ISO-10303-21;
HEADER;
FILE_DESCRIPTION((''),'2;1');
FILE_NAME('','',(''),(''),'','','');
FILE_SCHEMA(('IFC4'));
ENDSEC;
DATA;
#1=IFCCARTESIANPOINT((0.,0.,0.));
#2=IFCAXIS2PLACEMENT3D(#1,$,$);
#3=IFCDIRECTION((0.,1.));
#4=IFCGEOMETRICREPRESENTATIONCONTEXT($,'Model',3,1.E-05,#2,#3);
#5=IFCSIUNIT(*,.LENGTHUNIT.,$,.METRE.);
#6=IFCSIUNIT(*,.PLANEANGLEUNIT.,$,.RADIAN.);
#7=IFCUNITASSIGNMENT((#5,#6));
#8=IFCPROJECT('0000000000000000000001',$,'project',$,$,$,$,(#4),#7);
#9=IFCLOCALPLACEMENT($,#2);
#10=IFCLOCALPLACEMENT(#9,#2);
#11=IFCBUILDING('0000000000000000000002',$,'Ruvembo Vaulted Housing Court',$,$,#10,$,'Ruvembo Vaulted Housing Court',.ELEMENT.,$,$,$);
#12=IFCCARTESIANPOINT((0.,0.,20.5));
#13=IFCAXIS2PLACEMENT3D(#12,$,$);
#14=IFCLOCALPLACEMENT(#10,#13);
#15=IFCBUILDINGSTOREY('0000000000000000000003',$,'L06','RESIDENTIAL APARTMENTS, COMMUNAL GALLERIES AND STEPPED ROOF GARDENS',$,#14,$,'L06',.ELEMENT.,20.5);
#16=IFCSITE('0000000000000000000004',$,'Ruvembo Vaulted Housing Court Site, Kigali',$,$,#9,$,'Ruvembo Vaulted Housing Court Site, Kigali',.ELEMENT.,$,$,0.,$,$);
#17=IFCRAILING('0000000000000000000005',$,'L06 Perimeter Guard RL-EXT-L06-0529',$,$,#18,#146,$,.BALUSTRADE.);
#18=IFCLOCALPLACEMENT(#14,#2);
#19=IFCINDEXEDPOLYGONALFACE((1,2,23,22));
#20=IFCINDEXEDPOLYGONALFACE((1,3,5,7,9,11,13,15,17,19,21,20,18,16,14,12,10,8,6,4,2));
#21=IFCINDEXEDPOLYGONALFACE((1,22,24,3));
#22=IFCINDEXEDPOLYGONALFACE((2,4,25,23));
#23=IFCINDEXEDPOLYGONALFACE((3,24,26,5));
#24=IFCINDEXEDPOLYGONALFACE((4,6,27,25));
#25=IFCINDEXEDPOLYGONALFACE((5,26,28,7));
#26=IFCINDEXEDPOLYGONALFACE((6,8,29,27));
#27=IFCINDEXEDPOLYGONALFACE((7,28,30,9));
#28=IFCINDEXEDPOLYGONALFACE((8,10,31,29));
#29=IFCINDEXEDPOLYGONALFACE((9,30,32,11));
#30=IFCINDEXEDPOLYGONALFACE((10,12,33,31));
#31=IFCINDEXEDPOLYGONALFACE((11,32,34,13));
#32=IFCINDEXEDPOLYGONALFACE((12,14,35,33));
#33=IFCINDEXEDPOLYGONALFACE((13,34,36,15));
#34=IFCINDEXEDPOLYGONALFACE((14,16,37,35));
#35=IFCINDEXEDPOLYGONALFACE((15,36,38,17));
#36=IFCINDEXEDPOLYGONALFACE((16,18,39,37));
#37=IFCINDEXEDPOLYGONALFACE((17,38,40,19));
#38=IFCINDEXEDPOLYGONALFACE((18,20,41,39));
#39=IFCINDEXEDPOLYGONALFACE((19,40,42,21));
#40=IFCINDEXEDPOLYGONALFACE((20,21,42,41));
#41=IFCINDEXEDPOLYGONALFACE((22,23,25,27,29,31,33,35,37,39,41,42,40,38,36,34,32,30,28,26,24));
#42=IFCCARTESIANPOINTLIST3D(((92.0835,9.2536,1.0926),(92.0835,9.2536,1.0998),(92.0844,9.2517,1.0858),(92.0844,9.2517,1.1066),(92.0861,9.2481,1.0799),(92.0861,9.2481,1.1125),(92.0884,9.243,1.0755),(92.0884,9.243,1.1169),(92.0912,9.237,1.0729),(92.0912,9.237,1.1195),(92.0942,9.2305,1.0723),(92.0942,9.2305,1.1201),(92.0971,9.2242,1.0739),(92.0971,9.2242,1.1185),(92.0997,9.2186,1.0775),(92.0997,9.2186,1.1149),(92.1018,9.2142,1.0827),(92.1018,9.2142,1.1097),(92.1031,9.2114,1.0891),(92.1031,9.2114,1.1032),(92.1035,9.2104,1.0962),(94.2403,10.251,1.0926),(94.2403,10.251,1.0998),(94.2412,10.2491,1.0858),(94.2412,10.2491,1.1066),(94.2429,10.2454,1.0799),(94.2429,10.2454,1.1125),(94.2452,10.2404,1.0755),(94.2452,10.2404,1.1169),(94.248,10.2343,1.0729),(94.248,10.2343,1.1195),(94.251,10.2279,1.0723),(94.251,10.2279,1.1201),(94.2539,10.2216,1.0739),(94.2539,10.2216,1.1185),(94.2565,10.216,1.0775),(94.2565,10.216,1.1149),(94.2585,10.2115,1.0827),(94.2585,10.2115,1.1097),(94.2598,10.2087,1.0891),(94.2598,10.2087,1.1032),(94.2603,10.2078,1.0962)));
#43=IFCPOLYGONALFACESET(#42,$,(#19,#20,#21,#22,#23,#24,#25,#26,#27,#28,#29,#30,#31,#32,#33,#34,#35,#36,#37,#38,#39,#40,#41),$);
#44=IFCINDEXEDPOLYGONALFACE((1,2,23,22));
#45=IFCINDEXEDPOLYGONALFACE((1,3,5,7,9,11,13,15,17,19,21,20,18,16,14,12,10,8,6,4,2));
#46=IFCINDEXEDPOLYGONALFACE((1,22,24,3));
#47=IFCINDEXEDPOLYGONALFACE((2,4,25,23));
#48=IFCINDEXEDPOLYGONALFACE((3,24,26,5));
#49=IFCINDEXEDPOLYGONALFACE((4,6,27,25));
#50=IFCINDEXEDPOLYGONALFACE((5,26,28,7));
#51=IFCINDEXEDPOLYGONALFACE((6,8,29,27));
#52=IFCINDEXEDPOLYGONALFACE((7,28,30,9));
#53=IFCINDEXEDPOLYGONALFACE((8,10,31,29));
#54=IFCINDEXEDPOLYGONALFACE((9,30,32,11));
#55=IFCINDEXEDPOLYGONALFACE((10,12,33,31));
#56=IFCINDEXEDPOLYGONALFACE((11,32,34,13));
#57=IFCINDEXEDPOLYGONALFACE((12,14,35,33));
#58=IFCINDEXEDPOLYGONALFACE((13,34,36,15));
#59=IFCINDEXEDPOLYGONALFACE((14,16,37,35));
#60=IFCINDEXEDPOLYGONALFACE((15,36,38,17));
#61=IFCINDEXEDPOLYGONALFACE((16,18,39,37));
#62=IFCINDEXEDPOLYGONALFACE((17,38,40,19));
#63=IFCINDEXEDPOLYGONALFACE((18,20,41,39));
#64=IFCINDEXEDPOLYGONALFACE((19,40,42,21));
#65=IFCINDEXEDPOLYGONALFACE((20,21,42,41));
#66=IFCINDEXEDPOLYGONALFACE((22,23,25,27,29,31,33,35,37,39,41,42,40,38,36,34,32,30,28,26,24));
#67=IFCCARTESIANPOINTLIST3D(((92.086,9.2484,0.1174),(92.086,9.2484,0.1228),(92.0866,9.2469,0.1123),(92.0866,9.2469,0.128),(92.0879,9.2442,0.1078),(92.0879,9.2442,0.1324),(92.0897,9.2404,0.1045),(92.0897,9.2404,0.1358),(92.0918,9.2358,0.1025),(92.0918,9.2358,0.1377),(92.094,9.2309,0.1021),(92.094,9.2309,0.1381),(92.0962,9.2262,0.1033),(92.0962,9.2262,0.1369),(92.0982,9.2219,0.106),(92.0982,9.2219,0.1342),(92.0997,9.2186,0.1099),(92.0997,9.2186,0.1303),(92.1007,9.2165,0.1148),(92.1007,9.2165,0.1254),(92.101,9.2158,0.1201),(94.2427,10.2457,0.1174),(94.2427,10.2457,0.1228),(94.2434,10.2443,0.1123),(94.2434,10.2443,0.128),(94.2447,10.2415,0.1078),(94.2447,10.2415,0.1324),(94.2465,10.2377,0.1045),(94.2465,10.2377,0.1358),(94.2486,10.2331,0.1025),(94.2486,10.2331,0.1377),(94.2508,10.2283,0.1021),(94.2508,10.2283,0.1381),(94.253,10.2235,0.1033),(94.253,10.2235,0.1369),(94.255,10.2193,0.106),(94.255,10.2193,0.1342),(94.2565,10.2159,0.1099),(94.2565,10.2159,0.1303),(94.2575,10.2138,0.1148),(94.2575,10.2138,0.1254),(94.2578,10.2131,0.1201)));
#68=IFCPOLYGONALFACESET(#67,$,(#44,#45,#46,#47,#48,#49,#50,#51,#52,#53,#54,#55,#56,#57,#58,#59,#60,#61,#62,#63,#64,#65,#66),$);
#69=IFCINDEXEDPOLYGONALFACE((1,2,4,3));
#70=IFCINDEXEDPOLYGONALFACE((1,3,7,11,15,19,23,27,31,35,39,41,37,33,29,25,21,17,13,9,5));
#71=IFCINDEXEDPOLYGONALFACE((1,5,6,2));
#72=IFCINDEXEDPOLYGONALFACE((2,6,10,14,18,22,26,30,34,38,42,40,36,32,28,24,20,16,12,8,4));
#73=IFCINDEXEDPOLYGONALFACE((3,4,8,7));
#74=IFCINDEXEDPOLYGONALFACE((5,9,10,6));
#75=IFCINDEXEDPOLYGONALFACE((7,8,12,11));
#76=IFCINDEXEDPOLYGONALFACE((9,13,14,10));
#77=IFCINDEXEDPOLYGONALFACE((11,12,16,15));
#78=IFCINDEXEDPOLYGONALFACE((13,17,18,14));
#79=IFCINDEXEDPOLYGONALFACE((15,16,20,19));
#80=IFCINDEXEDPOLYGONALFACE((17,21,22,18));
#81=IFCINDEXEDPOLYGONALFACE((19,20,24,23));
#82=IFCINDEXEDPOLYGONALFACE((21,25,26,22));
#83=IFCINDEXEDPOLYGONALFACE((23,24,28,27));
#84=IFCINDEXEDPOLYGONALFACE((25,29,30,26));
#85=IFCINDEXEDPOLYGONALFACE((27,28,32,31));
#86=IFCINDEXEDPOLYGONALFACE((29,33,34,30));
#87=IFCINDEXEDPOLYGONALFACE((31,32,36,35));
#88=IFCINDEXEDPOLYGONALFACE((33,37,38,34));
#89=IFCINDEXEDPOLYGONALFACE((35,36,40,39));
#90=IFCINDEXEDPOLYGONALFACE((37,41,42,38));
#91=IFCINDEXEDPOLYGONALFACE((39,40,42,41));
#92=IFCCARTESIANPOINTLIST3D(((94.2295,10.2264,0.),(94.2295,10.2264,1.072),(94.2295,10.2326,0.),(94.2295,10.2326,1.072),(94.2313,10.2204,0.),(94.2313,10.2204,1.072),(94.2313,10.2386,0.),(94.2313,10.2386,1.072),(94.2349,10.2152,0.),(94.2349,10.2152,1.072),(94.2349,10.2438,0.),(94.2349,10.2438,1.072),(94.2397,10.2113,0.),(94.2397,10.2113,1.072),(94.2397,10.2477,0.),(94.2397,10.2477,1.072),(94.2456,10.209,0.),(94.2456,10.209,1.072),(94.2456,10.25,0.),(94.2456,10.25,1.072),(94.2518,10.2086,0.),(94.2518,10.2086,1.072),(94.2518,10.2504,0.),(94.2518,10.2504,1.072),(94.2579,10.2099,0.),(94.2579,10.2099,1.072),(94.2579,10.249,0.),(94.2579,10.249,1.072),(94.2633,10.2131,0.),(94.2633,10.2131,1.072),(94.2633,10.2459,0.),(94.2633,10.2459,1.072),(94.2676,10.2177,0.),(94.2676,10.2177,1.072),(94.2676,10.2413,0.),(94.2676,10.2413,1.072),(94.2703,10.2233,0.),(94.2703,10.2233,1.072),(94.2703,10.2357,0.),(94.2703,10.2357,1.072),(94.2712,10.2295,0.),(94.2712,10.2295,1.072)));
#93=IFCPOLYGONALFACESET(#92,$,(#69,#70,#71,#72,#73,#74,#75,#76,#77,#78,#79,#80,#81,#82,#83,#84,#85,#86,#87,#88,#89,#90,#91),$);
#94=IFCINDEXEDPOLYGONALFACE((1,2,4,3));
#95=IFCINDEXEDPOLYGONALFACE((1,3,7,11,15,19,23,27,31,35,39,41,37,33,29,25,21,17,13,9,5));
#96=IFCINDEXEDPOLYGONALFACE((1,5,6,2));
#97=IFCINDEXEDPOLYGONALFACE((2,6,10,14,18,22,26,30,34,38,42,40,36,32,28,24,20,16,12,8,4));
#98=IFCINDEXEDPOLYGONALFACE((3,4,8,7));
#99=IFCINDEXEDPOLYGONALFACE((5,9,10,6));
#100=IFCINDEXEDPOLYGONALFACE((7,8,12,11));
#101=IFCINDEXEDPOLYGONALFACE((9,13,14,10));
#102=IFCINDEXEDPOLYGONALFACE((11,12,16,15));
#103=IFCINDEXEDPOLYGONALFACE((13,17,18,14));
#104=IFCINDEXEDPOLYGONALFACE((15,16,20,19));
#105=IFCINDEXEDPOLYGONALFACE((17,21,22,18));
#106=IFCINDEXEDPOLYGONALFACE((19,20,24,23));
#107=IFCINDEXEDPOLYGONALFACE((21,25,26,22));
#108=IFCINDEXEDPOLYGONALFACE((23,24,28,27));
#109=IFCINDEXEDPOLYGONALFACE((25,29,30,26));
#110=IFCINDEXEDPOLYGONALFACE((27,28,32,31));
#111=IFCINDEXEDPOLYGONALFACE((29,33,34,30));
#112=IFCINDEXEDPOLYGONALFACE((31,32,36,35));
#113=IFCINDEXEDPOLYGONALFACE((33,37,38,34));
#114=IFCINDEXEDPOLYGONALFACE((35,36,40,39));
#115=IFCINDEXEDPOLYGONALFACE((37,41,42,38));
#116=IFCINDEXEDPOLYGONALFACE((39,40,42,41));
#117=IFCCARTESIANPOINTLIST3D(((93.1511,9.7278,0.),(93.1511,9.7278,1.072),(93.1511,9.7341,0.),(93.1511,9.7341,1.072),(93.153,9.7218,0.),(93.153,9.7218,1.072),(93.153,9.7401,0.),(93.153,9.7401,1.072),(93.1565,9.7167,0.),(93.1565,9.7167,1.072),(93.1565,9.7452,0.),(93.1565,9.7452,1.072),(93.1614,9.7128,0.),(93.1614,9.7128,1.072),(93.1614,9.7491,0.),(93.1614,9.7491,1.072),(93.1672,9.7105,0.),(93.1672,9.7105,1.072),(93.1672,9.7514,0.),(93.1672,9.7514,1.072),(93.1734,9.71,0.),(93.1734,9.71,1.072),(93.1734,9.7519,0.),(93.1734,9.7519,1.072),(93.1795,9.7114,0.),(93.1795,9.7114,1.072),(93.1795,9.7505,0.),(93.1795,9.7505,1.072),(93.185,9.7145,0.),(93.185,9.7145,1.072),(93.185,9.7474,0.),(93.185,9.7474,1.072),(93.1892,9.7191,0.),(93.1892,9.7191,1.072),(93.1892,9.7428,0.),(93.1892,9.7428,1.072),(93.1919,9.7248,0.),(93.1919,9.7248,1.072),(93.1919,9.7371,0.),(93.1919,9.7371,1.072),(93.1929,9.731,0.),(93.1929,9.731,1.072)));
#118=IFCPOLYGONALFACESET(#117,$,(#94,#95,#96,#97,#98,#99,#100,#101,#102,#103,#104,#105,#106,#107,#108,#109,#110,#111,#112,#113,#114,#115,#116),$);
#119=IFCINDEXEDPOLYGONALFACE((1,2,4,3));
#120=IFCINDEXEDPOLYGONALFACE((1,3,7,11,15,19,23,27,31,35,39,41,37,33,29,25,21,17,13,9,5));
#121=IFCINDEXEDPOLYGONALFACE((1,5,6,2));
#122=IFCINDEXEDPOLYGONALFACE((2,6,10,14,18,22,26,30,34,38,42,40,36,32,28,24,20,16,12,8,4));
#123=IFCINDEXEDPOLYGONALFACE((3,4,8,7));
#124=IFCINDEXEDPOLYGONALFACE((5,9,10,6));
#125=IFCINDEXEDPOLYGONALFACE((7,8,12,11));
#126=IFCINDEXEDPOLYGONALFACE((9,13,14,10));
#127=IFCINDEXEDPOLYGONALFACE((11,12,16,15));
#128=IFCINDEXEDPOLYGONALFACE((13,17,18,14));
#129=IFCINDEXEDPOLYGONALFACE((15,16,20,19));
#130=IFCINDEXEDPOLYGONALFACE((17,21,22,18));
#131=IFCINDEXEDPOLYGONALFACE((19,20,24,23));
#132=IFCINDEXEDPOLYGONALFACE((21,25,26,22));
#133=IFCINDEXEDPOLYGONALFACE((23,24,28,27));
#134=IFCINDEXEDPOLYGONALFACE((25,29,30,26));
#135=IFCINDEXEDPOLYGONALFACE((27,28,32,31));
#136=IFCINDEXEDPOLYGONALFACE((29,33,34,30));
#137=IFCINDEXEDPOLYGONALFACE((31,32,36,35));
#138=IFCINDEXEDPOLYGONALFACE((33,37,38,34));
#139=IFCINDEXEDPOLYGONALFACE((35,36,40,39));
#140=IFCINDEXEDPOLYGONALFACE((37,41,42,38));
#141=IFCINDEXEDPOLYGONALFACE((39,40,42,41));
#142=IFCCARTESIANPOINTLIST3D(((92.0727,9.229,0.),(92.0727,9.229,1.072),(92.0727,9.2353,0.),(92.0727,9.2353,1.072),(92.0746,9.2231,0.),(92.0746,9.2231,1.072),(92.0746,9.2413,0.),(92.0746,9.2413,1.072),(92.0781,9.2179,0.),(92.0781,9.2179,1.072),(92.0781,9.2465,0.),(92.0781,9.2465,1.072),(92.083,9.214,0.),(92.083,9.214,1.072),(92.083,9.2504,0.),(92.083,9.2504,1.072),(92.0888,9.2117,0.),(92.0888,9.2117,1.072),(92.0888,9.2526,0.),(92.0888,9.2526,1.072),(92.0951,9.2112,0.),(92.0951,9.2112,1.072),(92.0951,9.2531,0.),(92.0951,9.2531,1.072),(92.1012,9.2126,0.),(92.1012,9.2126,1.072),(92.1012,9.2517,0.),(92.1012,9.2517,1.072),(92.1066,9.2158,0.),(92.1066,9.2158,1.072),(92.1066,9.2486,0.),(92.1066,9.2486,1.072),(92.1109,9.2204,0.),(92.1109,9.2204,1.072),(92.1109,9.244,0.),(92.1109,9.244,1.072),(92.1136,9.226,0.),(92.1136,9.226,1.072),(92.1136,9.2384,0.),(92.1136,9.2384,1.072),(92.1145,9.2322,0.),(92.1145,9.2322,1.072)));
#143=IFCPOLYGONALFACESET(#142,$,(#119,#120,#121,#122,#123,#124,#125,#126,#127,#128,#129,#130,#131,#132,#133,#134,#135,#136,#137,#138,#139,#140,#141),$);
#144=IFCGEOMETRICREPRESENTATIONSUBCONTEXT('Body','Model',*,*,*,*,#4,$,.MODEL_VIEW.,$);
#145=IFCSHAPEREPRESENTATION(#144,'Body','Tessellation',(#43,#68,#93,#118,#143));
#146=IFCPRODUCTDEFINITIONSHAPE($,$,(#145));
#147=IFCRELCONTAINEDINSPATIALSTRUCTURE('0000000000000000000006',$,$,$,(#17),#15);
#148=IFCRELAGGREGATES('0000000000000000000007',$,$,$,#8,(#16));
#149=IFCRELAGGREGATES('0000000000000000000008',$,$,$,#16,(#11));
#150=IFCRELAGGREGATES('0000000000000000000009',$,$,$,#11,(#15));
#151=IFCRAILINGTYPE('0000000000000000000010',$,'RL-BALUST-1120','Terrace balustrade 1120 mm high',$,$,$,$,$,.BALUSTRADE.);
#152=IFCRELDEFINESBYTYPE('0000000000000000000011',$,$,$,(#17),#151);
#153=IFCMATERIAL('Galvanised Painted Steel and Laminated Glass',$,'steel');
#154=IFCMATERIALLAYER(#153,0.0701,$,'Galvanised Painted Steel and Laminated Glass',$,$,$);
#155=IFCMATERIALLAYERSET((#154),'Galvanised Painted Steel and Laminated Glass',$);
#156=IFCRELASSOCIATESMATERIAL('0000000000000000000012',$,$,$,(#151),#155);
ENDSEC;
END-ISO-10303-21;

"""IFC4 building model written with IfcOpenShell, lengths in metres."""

from ifc_helpers import new_model, si_unit, direction, frame, origin, origin_2d, place, context, subcontext, project, spatial, circle, extrude, material, layer, layer_set, type_object, element, save


model = new_model("IFC4")

# Units and contexts
model_context = context("Model", 3, precision=1e-05, world=origin(), true_north=direction((0.0, 1.0)))
body_context = subcontext(model_context, "Body", "Model", "MODEL_VIEW")
ifc_project = project(units=[si_unit("LENGTHUNIT", "METRE"), si_unit("PLANEANGLEUNIT", "RADIAN")], contexts=[model_context])

# Site, building, storey
site_placement = place(None, origin())
site = spatial("IfcSite", under=ifc_project, at=site_placement, Name="Ruvembo Vaulted Housing Court Site, Kigali", LongName="Ruvembo Vaulted Housing Court Site, Kigali", CompositionType="ELEMENT", RefElevation=0.0)
building_placement = place(site_placement, origin())
building = spatial("IfcBuilding", under=site, at=building_placement, Name="Ruvembo Vaulted Housing Court", LongName="Ruvembo Vaulted Housing Court", CompositionType="ELEMENT")
storey_placement = place(building_placement, frame((0.0, 0.0, 20.5)))
storey = spatial("IfcBuildingStorey", under=building, at=storey_placement, Name="L06", Description="RESIDENTIAL APARTMENTS, COMMUNAL GALLERIES AND STEPPED ROOF GARDENS", LongName="L06", CompositionType="ELEMENT", Elevation=20.5)

# Railing
ifc_material_1 = material(Name="Galvanised Painted Steel and Laminated Glass", Category="steel")
ifc_layer_1 = layer(ifc_material_1, 0.0701, Name="Galvanised Painted Steel and Laminated Glass")
ifc_layer_set_1 = layer_set([ifc_layer_1], Name="Galvanised Painted Steel and Laminated Glass")
railing_type = type_object("IfcRailingType", Name="RL-BALUST-1120", Description="Terrace balustrade 1120 mm high", PredefinedType="BALUSTRADE", material=ifc_layer_set_1)
railing_1_placement = place(storey_placement, frame((94.2502, 10.2295, 0.0)))
element("IfcRailing", 1, at=railing_1_placement, inside=storey, type_object=railing_type, Name="L06 Perimeter Guard RL-EXT-L06-0529", PredefinedType="BALUSTRADE", context=body_context, shape_type="SweptSolid", body=[
    extrude(circle(Radius=0.0239, at=origin_2d()), frame((0.0, 0.0, 1.0962), z_axis=(-0.907655, -0.419716, 0.0), x_axis=(0.419716, -0.907655, 0.0)), (0.0, 0.0, 1.0), 2.3762),
    extrude(circle(Radius=0.0181, at=origin_2d()), frame((0.0, 0.0, 0.1201), z_axis=(-0.907655, -0.419716, 0.0), x_axis=(0.419716, -0.907655, 0.0)), (0.0, 0.0, 1.0), 2.3762),
    extrude(circle(Radius=0.021, at=origin_2d()), origin(), (0.0, 0.0, 1.0), 1.072),
    extrude(circle(Radius=0.021, at=origin_2d()), frame((-1.0784, -0.4985, 0.0)), (0.0, 0.0, 1.0), 1.072),
    extrude(circle(Radius=0.021, at=origin_2d()), frame((-2.1567, -0.9973, 0.0)), (0.0, 0.0, 1.0), 1.072),
])

save(model, "model.ifc")
